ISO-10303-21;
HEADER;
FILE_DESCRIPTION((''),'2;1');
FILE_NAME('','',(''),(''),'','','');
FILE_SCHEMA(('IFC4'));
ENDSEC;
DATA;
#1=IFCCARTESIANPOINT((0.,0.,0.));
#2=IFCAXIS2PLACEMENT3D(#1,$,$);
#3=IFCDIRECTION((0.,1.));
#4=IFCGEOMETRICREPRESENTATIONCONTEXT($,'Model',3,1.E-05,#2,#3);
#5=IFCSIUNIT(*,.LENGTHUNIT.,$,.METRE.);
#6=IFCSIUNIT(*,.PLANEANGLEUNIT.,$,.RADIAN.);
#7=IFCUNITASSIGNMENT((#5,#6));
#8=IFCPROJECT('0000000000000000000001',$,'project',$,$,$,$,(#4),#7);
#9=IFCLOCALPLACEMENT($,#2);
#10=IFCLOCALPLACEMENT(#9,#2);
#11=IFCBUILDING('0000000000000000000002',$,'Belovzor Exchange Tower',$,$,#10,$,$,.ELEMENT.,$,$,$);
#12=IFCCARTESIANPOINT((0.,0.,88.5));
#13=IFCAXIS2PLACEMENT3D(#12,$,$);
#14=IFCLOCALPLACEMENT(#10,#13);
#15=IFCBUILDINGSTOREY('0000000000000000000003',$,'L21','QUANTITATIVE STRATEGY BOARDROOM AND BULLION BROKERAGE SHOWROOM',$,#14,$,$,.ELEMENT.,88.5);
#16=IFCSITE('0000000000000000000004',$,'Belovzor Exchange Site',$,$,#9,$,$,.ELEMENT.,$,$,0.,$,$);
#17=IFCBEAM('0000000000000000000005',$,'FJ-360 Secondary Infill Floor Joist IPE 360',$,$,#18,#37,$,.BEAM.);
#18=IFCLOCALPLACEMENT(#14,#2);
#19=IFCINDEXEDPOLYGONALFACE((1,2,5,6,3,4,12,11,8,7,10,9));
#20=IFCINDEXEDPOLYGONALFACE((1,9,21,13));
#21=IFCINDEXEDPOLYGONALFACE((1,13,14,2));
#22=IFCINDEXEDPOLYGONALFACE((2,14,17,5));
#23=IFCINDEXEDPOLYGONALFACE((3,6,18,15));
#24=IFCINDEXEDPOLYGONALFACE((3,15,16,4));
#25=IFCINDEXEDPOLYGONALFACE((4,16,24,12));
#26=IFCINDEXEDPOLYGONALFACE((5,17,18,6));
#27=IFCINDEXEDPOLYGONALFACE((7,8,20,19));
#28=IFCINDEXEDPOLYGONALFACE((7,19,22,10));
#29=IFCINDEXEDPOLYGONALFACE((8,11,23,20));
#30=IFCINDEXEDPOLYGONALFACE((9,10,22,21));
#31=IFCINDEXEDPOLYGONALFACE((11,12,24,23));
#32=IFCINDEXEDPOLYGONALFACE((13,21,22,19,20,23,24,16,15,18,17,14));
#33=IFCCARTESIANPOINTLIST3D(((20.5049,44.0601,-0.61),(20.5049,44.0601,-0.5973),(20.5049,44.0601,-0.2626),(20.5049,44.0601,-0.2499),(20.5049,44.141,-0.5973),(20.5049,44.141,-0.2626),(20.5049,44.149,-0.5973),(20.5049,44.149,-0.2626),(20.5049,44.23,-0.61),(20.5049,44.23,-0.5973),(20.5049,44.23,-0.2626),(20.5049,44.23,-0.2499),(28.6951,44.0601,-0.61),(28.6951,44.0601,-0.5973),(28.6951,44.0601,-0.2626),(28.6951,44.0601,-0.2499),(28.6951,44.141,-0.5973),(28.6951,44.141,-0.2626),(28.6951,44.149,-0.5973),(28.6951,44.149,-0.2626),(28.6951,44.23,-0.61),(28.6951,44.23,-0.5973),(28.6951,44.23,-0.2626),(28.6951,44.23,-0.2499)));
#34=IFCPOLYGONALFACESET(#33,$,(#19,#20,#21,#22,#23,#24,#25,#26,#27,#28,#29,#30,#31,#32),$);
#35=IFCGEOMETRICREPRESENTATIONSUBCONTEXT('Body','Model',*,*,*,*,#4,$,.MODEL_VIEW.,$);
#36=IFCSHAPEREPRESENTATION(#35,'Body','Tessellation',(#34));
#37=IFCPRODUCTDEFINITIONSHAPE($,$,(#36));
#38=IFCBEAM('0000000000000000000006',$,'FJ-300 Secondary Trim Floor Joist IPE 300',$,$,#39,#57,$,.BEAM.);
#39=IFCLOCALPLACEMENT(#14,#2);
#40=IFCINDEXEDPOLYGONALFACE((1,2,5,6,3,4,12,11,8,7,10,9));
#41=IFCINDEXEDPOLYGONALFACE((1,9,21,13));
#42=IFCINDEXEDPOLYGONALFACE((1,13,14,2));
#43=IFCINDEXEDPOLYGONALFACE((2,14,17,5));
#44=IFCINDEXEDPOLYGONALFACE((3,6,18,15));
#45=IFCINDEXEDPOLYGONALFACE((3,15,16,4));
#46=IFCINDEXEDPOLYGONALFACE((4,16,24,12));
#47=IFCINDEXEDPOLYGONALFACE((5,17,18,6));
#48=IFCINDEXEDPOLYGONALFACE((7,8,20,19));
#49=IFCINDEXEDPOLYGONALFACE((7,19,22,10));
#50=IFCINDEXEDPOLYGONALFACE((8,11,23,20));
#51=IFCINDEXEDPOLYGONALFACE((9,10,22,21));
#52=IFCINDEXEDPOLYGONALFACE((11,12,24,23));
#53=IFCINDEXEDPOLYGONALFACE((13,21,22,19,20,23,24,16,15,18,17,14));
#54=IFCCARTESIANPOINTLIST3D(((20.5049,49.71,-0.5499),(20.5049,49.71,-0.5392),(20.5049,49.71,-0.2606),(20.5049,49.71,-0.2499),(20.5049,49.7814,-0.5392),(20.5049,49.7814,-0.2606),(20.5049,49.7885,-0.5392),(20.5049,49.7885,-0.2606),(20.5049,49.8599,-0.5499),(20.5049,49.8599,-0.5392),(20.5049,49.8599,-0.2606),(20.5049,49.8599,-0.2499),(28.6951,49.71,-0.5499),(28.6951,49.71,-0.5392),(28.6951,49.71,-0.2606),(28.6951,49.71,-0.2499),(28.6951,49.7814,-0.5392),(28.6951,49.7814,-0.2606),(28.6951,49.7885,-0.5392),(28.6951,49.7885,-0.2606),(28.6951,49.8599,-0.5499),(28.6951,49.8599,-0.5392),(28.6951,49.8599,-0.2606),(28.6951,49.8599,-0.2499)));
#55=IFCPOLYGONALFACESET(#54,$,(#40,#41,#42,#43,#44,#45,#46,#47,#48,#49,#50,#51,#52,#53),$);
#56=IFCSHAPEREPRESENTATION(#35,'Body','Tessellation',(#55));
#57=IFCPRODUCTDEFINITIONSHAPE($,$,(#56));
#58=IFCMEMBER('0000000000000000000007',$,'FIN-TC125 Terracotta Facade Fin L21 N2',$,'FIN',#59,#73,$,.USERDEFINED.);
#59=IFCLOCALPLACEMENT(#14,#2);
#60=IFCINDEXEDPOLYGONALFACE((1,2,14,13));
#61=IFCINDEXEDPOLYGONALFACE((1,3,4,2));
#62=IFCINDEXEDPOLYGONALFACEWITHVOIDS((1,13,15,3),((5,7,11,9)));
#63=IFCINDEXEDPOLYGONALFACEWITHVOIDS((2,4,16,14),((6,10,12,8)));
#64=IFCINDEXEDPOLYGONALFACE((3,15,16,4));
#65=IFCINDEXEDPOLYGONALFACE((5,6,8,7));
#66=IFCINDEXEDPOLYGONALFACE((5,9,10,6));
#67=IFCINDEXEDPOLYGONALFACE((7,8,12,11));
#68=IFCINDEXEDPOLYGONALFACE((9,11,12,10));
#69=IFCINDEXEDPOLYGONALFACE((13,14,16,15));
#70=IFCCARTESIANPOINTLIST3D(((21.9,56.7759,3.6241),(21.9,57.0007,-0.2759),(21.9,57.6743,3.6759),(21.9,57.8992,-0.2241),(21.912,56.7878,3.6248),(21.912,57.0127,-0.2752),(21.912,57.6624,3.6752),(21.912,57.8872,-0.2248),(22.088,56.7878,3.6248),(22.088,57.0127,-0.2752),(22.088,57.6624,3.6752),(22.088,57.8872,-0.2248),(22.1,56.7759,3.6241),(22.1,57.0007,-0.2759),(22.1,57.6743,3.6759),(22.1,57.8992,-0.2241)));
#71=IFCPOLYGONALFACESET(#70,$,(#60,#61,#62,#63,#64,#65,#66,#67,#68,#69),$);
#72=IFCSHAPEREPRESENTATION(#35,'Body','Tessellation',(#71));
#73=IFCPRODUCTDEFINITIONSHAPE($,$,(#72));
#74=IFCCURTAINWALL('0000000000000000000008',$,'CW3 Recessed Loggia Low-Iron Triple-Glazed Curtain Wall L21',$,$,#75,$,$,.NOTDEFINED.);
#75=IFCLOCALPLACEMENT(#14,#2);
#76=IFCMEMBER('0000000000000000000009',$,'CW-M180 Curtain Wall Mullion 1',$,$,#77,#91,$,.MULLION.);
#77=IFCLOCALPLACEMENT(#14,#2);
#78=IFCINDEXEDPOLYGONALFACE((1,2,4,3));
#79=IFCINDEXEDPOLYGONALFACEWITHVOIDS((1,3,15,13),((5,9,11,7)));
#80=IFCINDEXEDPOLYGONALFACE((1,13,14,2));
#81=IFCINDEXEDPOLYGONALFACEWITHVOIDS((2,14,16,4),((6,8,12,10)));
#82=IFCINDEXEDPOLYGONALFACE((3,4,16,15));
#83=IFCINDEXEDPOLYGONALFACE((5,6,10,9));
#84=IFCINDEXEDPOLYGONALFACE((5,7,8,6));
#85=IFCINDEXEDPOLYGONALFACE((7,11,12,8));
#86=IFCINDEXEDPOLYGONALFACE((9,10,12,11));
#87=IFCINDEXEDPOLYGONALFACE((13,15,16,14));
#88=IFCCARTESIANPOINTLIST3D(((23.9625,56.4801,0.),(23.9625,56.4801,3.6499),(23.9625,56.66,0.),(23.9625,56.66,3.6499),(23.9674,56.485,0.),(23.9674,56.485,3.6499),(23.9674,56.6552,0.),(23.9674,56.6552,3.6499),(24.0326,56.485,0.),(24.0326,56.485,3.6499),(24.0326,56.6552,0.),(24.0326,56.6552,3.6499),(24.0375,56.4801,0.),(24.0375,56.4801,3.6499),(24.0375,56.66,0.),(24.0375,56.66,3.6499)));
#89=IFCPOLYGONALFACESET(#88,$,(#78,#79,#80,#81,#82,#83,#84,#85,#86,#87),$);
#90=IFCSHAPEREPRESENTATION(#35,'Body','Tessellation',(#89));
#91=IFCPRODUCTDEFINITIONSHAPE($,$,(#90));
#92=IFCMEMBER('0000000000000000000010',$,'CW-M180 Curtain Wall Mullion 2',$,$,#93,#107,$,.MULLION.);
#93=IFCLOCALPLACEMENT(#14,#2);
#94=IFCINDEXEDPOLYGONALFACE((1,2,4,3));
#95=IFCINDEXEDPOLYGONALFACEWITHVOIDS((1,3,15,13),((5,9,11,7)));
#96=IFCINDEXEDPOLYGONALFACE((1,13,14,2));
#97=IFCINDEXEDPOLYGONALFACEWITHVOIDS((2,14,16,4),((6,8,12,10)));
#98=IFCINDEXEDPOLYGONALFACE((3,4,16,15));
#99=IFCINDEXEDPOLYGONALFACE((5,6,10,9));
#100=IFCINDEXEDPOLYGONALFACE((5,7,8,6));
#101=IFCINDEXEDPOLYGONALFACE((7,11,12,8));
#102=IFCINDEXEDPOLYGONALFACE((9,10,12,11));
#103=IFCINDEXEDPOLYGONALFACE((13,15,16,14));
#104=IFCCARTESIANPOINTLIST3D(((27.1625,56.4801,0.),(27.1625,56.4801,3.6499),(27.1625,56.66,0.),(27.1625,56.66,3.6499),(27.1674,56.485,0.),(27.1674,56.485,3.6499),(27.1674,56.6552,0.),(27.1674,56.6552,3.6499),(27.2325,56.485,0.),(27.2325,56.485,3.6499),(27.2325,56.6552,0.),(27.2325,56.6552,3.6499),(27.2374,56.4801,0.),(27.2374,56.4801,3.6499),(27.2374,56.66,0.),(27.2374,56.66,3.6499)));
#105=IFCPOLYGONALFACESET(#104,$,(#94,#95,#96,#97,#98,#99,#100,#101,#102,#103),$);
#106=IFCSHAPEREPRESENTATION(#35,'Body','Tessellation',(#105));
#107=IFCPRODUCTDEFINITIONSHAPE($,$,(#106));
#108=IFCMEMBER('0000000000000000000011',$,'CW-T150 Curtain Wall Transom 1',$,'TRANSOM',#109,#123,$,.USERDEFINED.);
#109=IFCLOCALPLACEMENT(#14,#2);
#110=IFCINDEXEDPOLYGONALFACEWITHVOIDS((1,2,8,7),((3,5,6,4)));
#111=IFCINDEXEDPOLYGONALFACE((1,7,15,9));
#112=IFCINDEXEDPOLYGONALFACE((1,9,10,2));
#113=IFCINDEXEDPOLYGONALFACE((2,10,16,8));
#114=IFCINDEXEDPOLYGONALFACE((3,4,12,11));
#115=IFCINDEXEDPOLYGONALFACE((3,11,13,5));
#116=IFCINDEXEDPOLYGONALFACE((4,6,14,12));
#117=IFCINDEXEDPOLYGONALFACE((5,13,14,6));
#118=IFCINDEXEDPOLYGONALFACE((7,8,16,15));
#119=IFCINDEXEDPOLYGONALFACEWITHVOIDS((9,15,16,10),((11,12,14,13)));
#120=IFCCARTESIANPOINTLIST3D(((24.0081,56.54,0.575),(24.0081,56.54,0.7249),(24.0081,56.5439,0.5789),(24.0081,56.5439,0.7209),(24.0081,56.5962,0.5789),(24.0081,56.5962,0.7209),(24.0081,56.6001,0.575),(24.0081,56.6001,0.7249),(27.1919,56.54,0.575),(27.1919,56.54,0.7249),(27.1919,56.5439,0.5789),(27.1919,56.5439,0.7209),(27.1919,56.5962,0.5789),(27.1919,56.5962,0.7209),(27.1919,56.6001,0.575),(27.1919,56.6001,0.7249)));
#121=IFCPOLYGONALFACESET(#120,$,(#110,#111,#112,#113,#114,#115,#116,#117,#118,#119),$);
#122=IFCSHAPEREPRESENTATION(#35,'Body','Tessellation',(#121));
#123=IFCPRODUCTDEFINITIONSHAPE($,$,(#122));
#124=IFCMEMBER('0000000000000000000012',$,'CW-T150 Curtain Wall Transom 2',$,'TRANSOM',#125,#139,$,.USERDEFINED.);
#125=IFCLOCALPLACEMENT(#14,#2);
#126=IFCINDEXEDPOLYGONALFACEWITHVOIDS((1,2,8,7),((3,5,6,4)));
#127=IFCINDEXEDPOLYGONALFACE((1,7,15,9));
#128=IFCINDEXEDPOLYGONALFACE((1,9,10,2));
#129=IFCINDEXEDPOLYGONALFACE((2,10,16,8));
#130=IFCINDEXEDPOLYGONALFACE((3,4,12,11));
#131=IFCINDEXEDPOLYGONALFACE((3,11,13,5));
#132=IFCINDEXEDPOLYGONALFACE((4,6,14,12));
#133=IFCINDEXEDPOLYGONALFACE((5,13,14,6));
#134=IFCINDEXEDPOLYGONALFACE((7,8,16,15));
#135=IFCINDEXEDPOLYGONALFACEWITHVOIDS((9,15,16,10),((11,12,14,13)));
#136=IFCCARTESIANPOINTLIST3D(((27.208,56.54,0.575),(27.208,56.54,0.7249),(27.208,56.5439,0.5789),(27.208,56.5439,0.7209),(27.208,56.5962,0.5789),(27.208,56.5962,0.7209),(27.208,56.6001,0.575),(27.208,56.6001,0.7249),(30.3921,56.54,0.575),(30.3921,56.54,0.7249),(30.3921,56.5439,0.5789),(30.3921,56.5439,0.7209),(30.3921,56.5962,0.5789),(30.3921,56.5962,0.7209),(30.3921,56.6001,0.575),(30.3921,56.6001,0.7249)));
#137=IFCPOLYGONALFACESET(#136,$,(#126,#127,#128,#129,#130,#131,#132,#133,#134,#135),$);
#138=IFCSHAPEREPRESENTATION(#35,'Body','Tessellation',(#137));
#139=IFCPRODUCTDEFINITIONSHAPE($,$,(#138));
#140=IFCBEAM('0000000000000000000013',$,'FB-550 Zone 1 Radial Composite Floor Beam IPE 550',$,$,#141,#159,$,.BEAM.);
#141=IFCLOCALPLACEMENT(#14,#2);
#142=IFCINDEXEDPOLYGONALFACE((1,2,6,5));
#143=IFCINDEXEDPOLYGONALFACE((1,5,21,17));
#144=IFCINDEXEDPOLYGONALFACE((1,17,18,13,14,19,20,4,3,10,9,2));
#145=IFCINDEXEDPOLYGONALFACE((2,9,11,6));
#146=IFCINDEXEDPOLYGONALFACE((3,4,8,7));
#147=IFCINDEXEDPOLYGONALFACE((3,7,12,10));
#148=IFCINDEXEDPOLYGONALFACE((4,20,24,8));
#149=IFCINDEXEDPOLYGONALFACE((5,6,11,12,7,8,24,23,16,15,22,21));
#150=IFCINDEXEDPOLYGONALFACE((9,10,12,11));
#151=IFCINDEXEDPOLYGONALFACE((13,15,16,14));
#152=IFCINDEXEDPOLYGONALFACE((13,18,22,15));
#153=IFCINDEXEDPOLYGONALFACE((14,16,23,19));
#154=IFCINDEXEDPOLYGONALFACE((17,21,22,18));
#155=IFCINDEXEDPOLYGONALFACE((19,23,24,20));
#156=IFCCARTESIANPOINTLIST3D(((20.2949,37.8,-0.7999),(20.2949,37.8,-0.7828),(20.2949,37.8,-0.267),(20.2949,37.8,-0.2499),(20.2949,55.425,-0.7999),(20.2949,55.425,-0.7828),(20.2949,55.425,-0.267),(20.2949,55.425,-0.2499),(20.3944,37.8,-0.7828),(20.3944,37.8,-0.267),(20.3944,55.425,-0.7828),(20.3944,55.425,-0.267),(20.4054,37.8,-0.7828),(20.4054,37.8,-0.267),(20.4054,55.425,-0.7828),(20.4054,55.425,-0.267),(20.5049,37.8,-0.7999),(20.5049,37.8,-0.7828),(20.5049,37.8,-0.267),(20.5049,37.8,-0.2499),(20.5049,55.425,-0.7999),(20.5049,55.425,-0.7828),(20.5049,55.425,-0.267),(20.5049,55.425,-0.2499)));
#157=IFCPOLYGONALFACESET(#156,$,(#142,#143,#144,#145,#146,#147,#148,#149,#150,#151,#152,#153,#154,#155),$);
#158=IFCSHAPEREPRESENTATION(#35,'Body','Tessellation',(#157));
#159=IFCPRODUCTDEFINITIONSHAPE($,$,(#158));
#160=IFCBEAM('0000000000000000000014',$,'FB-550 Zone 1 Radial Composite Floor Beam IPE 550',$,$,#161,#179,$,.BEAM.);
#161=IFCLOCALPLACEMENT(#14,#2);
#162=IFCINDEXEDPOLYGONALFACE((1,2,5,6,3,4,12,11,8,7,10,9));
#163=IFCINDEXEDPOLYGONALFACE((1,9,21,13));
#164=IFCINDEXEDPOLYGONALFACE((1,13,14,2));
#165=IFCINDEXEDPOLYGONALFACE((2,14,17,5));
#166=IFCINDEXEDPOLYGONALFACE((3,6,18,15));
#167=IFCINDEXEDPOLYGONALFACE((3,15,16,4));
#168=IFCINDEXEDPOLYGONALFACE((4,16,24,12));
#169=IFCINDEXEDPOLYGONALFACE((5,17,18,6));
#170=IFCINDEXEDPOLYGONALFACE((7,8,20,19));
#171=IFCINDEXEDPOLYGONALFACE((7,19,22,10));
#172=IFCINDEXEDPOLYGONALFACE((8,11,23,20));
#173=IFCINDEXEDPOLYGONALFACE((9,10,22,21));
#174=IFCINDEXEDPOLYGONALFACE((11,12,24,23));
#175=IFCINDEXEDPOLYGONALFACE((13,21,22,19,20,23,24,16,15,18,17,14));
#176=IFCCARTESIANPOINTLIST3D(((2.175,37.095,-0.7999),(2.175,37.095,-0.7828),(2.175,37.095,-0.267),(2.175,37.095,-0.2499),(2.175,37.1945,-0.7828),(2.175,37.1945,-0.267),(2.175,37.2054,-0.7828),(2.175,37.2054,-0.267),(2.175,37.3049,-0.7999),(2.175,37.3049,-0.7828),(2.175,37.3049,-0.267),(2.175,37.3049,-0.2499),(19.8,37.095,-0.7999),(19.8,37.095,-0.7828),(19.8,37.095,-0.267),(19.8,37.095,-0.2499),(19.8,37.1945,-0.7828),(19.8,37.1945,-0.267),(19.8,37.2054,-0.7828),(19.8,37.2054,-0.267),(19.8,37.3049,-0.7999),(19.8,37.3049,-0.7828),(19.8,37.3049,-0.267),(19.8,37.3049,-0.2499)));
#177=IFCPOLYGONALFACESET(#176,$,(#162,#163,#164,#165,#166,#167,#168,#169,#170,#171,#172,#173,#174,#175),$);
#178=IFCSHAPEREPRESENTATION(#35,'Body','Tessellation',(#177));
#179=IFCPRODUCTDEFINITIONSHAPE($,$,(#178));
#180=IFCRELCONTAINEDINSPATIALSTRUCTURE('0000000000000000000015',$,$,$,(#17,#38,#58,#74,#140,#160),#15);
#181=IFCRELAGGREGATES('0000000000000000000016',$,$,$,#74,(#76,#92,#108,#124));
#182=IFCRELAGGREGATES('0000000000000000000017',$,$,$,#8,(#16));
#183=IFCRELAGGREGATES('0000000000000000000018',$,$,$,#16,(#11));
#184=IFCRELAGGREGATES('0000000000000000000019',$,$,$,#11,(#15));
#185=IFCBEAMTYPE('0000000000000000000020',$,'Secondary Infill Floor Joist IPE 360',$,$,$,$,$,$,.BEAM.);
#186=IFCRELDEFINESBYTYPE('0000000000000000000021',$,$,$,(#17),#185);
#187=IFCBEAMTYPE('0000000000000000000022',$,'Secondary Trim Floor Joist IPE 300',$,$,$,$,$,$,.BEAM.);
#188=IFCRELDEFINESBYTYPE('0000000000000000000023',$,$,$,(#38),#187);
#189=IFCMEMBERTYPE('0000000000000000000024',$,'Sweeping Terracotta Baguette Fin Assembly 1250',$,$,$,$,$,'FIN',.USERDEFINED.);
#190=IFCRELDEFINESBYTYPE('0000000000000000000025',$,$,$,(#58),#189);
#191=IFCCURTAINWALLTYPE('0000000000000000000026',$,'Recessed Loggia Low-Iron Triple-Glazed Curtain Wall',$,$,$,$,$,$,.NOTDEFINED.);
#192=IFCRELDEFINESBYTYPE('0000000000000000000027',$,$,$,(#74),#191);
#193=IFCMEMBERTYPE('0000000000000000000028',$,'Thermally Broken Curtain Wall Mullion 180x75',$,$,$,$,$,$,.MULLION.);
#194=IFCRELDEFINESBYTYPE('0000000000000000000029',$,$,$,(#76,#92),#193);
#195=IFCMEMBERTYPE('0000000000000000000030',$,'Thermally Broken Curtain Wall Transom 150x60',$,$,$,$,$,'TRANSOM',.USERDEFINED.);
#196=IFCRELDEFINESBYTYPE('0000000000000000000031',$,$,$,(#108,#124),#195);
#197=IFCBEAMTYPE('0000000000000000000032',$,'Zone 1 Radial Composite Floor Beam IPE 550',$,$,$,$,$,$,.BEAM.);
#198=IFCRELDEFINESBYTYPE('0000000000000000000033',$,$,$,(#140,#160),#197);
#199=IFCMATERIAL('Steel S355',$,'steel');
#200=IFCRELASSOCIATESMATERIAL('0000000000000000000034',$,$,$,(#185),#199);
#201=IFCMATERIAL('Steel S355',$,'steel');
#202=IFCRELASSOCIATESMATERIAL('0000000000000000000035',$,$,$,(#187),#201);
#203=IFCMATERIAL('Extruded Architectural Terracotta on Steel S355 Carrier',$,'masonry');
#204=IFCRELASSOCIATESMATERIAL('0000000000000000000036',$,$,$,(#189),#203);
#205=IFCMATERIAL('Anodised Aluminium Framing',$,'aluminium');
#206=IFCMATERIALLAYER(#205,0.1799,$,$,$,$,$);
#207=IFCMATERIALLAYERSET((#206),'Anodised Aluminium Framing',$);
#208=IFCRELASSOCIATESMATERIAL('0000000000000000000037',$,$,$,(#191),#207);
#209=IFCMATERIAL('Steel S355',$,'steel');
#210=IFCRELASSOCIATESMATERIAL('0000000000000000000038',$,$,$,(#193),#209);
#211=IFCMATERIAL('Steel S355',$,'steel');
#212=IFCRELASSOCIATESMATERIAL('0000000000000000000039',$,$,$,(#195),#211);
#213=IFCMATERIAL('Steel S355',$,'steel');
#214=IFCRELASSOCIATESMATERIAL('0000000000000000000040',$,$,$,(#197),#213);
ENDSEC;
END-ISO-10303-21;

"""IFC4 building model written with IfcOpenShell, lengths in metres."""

from ifc_helpers import new_model, si_unit, direction, frame, origin, origin_2d, place, context, subcontext, project, spatial, hollow_rectangle, i_section, extrude, material, layer, layer_set, material_profile, profile_set, type_object, element, aggregate, save


model = new_model("IFC4")

# Units and contexts
model_context = context("Model", 3, precision=1e-05, world=origin(), true_north=direction((0.0, 1.0)))
body_context = subcontext(model_context, "Body", "Model", "MODEL_VIEW")
ifc_project = project(units=[si_unit("LENGTHUNIT", "METRE"), si_unit("PLANEANGLEUNIT", "RADIAN")], contexts=[model_context])

# Site, building, storey
site_placement = place(None, origin())
site = spatial("IfcSite", under=ifc_project, at=site_placement, Name="Belovzor Exchange Site", CompositionType="ELEMENT", RefElevation=0.0)
building_placement = place(site_placement, origin())
building = spatial("IfcBuilding", under=site, at=building_placement, Name="Belovzor Exchange Tower", CompositionType="ELEMENT")
storey_placement = place(building_placement, frame((0.0, 0.0, 88.5)))
storey = spatial("IfcBuildingStorey", under=building, at=storey_placement, Name="L21", Description="QUANTITATIVE STRATEGY BOARDROOM AND BULLION BROKERAGE SHOWROOM", CompositionType="ELEMENT", Elevation=88.5)

# Beams
ifc_material_1 = material(Name="Steel S355", Category="steel")
ifc_material_profile_1 = material_profile(ifc_material_1, i_section(OverallWidth=0.1699, OverallDepth=0.3601, WebThickness=0.0081, FlangeThickness=0.0127, at=origin_2d()))
ifc_profile_set_1 = profile_set([ifc_material_profile_1], Name="Steel S355")
beam_type_1 = type_object("IfcBeamType", Name="Secondary Infill Floor Joist IPE 360", PredefinedType="BEAM", material=ifc_profile_set_1)
beam_1_placement = place(storey_placement, frame((20.5049, 44.145, -0.4299), z_axis=(1.0, 0.0, 0.0), x_axis=(0.0, 1.0, 0.0)))
element("IfcBeam", 1, at=beam_1_placement, inside=storey, type_object=beam_type_1, Name="FJ-360 Secondary Infill Floor Joist IPE 360", PredefinedType="BEAM", context=body_context, shape_type="SweptSolid", body=[
    extrude(i_section(OverallWidth=0.1699, OverallDepth=0.3601, WebThickness=0.0081, FlangeThickness=0.0127, at=origin_2d()), origin(), (0.0, 0.0, 1.0), 8.1902),
])
ifc_material_2 = material(Name="Steel S355", Category="steel")
ifc_material_profile_2 = material_profile(ifc_material_2, i_section(OverallWidth=0.1499, OverallDepth=0.3, WebThickness=0.0071, FlangeThickness=0.0107, at=origin_2d()))
ifc_profile_set_2 = profile_set([ifc_material_profile_2], Name="Steel S355")
beam_type_2 = type_object("IfcBeamType", Name="Secondary Trim Floor Joist IPE 300", PredefinedType="BEAM", material=ifc_profile_set_2)
beam_2_placement = place(storey_placement, frame((20.5049, 49.7849, -0.3999), z_axis=(1.0, 0.0, 0.0), x_axis=(0.0, 1.0, 0.0)))
element("IfcBeam", 2, at=beam_2_placement, inside=storey, type_object=beam_type_2, Name="FJ-300 Secondary Trim Floor Joist IPE 300", PredefinedType="BEAM", context=body_context, shape_type="SweptSolid", body=[
    extrude(i_section(OverallWidth=0.1499, OverallDepth=0.3, WebThickness=0.0071, FlangeThickness=0.0107, at=origin_2d()), origin(), (0.0, 0.0, 1.0), 8.1902),
])

# Member
ifc_material_3 = material(Name="Extruded Architectural Terracotta on Steel S355 Carrier", Category="masonry")
ifc_material_profile_3 = material_profile(ifc_material_3, hollow_rectangle(XDim=0.2, YDim=0.8999, WallThickness=0.012, at=origin_2d()))
ifc_profile_set_3 = profile_set([ifc_material_profile_3], Name="Extruded Architectural Terracotta on Steel S355 Carrier")
member_type_1 = type_object("IfcMemberType", Name="Sweeping Terracotta Baguette Fin Assembly 1250", ElementType="FIN", PredefinedType="USERDEFINED", material=ifc_profile_set_3)
member_1_placement = place(storey_placement, frame((22.0, 57.45, -0.25), z_axis=(0.0, -0.057561, 0.998342), x_axis=(1.0, 0.0, 0.0)))
element("IfcMember", 3, at=member_1_placement, inside=storey, type_object=member_type_1, Name="FIN-TC125 Terracotta Facade Fin L21 N2", ObjectType="FIN", PredefinedType="USERDEFINED", context=body_context, shape_type="SweptSolid", body=[
    extrude(hollow_rectangle(XDim=0.2, YDim=0.8999, WallThickness=0.012, at=origin_2d()), origin(), (0.0, 0.0, 1.0), 3.9065),
])

# Curtain wall, members
ifc_material_4 = material(Name="Anodised Aluminium Framing", Category="aluminium")
ifc_layer_1 = layer(ifc_material_4, 0.1799)
ifc_layer_set_1 = layer_set([ifc_layer_1], Name="Anodised Aluminium Framing")
curtain_wall_type = type_object("IfcCurtainWallType", Name="Recessed Loggia Low-Iron Triple-Glazed Curtain Wall", PredefinedType="NOTDEFINED", material=ifc_layer_set_1)
curtain_wall_placement = place(storey_placement, origin())
curtain_wall = element("IfcCurtainWall", 4, at=curtain_wall_placement, inside=storey, type_object=curtain_wall_type, Name="CW3 Recessed Loggia Low-Iron Triple-Glazed Curtain Wall L21", PredefinedType="NOTDEFINED")
ifc_material_5 = material(Name="Steel S355", Category="steel")
ifc_material_profile_4 = material_profile(ifc_material_5, hollow_rectangle(XDim=0.075, YDim=0.1799, WallThickness=0.0049, at=origin_2d()))
ifc_profile_set_4 = profile_set([ifc_material_profile_4], Name="Steel S355")
member_type_2 = type_object("IfcMemberType", Name="Thermally Broken Curtain Wall Mullion 180x75", PredefinedType="MULLION", material=ifc_profile_set_4)
member_2_placement = place(storey_placement, frame((24.0, 56.5701, 0.0), z_axis=(0.0, 0.0, 1.0), x_axis=(1.0, 0.0, 0.0)))
member_2 = element("IfcMember", 5, at=member_2_placement, type_object=member_type_2, Name="CW-M180 Curtain Wall Mullion 1", PredefinedType="MULLION", context=body_context, shape_type="SweptSolid", body=[
    extrude(hollow_rectangle(XDim=0.075, YDim=0.1799, WallThickness=0.0049, at=origin_2d()), origin(), (0.0, 0.0, 1.0), 3.6499),
])
member_3_placement = place(storey_placement, frame((27.2, 56.5701, 0.0), z_axis=(0.0, 0.0, 1.0), x_axis=(1.0, 0.0, 0.0)))
member_3 = element("IfcMember", 6, at=member_3_placement, type_object=member_type_2, Name="CW-M180 Curtain Wall Mullion 2", PredefinedType="MULLION", context=body_context, shape_type="SweptSolid", body=[
    extrude(hollow_rectangle(XDim=0.075, YDim=0.1799, WallThickness=0.0049, at=origin_2d()), origin(), (0.0, 0.0, 1.0), 3.6499),
])
ifc_material_6 = material(Name="Steel S355", Category="steel")
ifc_material_profile_5 = material_profile(ifc_material_6, hollow_rectangle(XDim=0.0601, YDim=0.1499, WallThickness=0.0039, at=origin_2d()))
ifc_profile_set_5 = profile_set([ifc_material_profile_5], Name="Steel S355")
member_type_3 = type_object("IfcMemberType", Name="Thermally Broken Curtain Wall Transom 150x60", ElementType="TRANSOM", PredefinedType="USERDEFINED", material=ifc_profile_set_5)
member_4_placement = place(storey_placement, frame((24.0081, 56.5701, 0.6499), z_axis=(1.0, 0.0, 0.0), x_axis=(0.0, 1.0, 0.0)))
member_4 = element("IfcMember", 7, at=member_4_placement, type_object=member_type_3, Name="CW-T150 Curtain Wall Transom 1", ObjectType="TRANSOM", PredefinedType="USERDEFINED", context=body_context, shape_type="SweptSolid", body=[
    extrude(hollow_rectangle(XDim=0.0601, YDim=0.1499, WallThickness=0.0039, at=origin_2d()), origin(), (0.0, 0.0, 1.0), 3.1838),
])
member_5_placement = place(storey_placement, frame((27.208, 56.5701, 0.6499), z_axis=(1.0, 0.0, 0.0), x_axis=(0.0, 1.0, 0.0)))
member_5 = element("IfcMember", 8, at=member_5_placement, type_object=member_type_3, Name="CW-T150 Curtain Wall Transom 2", ObjectType="TRANSOM", PredefinedType="USERDEFINED", context=body_context, shape_type="SweptSolid", body=[
    extrude(hollow_rectangle(XDim=0.0601, YDim=0.1499, WallThickness=0.0039, at=origin_2d()), origin(), (0.0, 0.0, 1.0), 3.1841),
])

# Beams
ifc_material_7 = material(Name="Steel S355", Category="steel")
ifc_material_profile_6 = material_profile(ifc_material_7, i_section(OverallWidth=0.21, OverallDepth=0.55, WebThickness=0.011, FlangeThickness=0.0171, at=origin_2d()))
ifc_profile_set_6 = profile_set([ifc_material_profile_6], Name="Steel S355")
beam_type_3 = type_object("IfcBeamType", Name="Zone 1 Radial Composite Floor Beam IPE 550", PredefinedType="BEAM", material=ifc_profile_set_6)
for number, where, z_axis, x_axis, name in (
    (9, (20.3999, 37.8, -0.5249), (0.0, 1.0, 0.0), (-1.0, 0.0, 0.0), "FB-550 Zone 1 Radial Composite Floor Beam IPE 550"),
    (10, (19.8, 37.2, -0.5249), (-1.0, 0.0, 0.0), (0.0, -1.0, 0.0), "FB-550 Zone 1 Radial Composite Floor Beam IPE 550"),
):
    element("IfcBeam", number, at=place(storey_placement, frame(where, z_axis=z_axis, x_axis=x_axis)), inside=storey, type_object=beam_type_3, Name=name, PredefinedType="BEAM", context=body_context, shape_type="SweptSolid", body=[
        extrude(i_section(OverallWidth=0.21, OverallDepth=0.55, WebThickness=0.011, FlangeThickness=0.0171, at=origin_2d()), origin(), (0.0, 0.0, 1.0), 17.625),
    ])

aggregate(curtain_wall, [member_2, member_3, member_4, member_5])

save(model, "model.ifc")
